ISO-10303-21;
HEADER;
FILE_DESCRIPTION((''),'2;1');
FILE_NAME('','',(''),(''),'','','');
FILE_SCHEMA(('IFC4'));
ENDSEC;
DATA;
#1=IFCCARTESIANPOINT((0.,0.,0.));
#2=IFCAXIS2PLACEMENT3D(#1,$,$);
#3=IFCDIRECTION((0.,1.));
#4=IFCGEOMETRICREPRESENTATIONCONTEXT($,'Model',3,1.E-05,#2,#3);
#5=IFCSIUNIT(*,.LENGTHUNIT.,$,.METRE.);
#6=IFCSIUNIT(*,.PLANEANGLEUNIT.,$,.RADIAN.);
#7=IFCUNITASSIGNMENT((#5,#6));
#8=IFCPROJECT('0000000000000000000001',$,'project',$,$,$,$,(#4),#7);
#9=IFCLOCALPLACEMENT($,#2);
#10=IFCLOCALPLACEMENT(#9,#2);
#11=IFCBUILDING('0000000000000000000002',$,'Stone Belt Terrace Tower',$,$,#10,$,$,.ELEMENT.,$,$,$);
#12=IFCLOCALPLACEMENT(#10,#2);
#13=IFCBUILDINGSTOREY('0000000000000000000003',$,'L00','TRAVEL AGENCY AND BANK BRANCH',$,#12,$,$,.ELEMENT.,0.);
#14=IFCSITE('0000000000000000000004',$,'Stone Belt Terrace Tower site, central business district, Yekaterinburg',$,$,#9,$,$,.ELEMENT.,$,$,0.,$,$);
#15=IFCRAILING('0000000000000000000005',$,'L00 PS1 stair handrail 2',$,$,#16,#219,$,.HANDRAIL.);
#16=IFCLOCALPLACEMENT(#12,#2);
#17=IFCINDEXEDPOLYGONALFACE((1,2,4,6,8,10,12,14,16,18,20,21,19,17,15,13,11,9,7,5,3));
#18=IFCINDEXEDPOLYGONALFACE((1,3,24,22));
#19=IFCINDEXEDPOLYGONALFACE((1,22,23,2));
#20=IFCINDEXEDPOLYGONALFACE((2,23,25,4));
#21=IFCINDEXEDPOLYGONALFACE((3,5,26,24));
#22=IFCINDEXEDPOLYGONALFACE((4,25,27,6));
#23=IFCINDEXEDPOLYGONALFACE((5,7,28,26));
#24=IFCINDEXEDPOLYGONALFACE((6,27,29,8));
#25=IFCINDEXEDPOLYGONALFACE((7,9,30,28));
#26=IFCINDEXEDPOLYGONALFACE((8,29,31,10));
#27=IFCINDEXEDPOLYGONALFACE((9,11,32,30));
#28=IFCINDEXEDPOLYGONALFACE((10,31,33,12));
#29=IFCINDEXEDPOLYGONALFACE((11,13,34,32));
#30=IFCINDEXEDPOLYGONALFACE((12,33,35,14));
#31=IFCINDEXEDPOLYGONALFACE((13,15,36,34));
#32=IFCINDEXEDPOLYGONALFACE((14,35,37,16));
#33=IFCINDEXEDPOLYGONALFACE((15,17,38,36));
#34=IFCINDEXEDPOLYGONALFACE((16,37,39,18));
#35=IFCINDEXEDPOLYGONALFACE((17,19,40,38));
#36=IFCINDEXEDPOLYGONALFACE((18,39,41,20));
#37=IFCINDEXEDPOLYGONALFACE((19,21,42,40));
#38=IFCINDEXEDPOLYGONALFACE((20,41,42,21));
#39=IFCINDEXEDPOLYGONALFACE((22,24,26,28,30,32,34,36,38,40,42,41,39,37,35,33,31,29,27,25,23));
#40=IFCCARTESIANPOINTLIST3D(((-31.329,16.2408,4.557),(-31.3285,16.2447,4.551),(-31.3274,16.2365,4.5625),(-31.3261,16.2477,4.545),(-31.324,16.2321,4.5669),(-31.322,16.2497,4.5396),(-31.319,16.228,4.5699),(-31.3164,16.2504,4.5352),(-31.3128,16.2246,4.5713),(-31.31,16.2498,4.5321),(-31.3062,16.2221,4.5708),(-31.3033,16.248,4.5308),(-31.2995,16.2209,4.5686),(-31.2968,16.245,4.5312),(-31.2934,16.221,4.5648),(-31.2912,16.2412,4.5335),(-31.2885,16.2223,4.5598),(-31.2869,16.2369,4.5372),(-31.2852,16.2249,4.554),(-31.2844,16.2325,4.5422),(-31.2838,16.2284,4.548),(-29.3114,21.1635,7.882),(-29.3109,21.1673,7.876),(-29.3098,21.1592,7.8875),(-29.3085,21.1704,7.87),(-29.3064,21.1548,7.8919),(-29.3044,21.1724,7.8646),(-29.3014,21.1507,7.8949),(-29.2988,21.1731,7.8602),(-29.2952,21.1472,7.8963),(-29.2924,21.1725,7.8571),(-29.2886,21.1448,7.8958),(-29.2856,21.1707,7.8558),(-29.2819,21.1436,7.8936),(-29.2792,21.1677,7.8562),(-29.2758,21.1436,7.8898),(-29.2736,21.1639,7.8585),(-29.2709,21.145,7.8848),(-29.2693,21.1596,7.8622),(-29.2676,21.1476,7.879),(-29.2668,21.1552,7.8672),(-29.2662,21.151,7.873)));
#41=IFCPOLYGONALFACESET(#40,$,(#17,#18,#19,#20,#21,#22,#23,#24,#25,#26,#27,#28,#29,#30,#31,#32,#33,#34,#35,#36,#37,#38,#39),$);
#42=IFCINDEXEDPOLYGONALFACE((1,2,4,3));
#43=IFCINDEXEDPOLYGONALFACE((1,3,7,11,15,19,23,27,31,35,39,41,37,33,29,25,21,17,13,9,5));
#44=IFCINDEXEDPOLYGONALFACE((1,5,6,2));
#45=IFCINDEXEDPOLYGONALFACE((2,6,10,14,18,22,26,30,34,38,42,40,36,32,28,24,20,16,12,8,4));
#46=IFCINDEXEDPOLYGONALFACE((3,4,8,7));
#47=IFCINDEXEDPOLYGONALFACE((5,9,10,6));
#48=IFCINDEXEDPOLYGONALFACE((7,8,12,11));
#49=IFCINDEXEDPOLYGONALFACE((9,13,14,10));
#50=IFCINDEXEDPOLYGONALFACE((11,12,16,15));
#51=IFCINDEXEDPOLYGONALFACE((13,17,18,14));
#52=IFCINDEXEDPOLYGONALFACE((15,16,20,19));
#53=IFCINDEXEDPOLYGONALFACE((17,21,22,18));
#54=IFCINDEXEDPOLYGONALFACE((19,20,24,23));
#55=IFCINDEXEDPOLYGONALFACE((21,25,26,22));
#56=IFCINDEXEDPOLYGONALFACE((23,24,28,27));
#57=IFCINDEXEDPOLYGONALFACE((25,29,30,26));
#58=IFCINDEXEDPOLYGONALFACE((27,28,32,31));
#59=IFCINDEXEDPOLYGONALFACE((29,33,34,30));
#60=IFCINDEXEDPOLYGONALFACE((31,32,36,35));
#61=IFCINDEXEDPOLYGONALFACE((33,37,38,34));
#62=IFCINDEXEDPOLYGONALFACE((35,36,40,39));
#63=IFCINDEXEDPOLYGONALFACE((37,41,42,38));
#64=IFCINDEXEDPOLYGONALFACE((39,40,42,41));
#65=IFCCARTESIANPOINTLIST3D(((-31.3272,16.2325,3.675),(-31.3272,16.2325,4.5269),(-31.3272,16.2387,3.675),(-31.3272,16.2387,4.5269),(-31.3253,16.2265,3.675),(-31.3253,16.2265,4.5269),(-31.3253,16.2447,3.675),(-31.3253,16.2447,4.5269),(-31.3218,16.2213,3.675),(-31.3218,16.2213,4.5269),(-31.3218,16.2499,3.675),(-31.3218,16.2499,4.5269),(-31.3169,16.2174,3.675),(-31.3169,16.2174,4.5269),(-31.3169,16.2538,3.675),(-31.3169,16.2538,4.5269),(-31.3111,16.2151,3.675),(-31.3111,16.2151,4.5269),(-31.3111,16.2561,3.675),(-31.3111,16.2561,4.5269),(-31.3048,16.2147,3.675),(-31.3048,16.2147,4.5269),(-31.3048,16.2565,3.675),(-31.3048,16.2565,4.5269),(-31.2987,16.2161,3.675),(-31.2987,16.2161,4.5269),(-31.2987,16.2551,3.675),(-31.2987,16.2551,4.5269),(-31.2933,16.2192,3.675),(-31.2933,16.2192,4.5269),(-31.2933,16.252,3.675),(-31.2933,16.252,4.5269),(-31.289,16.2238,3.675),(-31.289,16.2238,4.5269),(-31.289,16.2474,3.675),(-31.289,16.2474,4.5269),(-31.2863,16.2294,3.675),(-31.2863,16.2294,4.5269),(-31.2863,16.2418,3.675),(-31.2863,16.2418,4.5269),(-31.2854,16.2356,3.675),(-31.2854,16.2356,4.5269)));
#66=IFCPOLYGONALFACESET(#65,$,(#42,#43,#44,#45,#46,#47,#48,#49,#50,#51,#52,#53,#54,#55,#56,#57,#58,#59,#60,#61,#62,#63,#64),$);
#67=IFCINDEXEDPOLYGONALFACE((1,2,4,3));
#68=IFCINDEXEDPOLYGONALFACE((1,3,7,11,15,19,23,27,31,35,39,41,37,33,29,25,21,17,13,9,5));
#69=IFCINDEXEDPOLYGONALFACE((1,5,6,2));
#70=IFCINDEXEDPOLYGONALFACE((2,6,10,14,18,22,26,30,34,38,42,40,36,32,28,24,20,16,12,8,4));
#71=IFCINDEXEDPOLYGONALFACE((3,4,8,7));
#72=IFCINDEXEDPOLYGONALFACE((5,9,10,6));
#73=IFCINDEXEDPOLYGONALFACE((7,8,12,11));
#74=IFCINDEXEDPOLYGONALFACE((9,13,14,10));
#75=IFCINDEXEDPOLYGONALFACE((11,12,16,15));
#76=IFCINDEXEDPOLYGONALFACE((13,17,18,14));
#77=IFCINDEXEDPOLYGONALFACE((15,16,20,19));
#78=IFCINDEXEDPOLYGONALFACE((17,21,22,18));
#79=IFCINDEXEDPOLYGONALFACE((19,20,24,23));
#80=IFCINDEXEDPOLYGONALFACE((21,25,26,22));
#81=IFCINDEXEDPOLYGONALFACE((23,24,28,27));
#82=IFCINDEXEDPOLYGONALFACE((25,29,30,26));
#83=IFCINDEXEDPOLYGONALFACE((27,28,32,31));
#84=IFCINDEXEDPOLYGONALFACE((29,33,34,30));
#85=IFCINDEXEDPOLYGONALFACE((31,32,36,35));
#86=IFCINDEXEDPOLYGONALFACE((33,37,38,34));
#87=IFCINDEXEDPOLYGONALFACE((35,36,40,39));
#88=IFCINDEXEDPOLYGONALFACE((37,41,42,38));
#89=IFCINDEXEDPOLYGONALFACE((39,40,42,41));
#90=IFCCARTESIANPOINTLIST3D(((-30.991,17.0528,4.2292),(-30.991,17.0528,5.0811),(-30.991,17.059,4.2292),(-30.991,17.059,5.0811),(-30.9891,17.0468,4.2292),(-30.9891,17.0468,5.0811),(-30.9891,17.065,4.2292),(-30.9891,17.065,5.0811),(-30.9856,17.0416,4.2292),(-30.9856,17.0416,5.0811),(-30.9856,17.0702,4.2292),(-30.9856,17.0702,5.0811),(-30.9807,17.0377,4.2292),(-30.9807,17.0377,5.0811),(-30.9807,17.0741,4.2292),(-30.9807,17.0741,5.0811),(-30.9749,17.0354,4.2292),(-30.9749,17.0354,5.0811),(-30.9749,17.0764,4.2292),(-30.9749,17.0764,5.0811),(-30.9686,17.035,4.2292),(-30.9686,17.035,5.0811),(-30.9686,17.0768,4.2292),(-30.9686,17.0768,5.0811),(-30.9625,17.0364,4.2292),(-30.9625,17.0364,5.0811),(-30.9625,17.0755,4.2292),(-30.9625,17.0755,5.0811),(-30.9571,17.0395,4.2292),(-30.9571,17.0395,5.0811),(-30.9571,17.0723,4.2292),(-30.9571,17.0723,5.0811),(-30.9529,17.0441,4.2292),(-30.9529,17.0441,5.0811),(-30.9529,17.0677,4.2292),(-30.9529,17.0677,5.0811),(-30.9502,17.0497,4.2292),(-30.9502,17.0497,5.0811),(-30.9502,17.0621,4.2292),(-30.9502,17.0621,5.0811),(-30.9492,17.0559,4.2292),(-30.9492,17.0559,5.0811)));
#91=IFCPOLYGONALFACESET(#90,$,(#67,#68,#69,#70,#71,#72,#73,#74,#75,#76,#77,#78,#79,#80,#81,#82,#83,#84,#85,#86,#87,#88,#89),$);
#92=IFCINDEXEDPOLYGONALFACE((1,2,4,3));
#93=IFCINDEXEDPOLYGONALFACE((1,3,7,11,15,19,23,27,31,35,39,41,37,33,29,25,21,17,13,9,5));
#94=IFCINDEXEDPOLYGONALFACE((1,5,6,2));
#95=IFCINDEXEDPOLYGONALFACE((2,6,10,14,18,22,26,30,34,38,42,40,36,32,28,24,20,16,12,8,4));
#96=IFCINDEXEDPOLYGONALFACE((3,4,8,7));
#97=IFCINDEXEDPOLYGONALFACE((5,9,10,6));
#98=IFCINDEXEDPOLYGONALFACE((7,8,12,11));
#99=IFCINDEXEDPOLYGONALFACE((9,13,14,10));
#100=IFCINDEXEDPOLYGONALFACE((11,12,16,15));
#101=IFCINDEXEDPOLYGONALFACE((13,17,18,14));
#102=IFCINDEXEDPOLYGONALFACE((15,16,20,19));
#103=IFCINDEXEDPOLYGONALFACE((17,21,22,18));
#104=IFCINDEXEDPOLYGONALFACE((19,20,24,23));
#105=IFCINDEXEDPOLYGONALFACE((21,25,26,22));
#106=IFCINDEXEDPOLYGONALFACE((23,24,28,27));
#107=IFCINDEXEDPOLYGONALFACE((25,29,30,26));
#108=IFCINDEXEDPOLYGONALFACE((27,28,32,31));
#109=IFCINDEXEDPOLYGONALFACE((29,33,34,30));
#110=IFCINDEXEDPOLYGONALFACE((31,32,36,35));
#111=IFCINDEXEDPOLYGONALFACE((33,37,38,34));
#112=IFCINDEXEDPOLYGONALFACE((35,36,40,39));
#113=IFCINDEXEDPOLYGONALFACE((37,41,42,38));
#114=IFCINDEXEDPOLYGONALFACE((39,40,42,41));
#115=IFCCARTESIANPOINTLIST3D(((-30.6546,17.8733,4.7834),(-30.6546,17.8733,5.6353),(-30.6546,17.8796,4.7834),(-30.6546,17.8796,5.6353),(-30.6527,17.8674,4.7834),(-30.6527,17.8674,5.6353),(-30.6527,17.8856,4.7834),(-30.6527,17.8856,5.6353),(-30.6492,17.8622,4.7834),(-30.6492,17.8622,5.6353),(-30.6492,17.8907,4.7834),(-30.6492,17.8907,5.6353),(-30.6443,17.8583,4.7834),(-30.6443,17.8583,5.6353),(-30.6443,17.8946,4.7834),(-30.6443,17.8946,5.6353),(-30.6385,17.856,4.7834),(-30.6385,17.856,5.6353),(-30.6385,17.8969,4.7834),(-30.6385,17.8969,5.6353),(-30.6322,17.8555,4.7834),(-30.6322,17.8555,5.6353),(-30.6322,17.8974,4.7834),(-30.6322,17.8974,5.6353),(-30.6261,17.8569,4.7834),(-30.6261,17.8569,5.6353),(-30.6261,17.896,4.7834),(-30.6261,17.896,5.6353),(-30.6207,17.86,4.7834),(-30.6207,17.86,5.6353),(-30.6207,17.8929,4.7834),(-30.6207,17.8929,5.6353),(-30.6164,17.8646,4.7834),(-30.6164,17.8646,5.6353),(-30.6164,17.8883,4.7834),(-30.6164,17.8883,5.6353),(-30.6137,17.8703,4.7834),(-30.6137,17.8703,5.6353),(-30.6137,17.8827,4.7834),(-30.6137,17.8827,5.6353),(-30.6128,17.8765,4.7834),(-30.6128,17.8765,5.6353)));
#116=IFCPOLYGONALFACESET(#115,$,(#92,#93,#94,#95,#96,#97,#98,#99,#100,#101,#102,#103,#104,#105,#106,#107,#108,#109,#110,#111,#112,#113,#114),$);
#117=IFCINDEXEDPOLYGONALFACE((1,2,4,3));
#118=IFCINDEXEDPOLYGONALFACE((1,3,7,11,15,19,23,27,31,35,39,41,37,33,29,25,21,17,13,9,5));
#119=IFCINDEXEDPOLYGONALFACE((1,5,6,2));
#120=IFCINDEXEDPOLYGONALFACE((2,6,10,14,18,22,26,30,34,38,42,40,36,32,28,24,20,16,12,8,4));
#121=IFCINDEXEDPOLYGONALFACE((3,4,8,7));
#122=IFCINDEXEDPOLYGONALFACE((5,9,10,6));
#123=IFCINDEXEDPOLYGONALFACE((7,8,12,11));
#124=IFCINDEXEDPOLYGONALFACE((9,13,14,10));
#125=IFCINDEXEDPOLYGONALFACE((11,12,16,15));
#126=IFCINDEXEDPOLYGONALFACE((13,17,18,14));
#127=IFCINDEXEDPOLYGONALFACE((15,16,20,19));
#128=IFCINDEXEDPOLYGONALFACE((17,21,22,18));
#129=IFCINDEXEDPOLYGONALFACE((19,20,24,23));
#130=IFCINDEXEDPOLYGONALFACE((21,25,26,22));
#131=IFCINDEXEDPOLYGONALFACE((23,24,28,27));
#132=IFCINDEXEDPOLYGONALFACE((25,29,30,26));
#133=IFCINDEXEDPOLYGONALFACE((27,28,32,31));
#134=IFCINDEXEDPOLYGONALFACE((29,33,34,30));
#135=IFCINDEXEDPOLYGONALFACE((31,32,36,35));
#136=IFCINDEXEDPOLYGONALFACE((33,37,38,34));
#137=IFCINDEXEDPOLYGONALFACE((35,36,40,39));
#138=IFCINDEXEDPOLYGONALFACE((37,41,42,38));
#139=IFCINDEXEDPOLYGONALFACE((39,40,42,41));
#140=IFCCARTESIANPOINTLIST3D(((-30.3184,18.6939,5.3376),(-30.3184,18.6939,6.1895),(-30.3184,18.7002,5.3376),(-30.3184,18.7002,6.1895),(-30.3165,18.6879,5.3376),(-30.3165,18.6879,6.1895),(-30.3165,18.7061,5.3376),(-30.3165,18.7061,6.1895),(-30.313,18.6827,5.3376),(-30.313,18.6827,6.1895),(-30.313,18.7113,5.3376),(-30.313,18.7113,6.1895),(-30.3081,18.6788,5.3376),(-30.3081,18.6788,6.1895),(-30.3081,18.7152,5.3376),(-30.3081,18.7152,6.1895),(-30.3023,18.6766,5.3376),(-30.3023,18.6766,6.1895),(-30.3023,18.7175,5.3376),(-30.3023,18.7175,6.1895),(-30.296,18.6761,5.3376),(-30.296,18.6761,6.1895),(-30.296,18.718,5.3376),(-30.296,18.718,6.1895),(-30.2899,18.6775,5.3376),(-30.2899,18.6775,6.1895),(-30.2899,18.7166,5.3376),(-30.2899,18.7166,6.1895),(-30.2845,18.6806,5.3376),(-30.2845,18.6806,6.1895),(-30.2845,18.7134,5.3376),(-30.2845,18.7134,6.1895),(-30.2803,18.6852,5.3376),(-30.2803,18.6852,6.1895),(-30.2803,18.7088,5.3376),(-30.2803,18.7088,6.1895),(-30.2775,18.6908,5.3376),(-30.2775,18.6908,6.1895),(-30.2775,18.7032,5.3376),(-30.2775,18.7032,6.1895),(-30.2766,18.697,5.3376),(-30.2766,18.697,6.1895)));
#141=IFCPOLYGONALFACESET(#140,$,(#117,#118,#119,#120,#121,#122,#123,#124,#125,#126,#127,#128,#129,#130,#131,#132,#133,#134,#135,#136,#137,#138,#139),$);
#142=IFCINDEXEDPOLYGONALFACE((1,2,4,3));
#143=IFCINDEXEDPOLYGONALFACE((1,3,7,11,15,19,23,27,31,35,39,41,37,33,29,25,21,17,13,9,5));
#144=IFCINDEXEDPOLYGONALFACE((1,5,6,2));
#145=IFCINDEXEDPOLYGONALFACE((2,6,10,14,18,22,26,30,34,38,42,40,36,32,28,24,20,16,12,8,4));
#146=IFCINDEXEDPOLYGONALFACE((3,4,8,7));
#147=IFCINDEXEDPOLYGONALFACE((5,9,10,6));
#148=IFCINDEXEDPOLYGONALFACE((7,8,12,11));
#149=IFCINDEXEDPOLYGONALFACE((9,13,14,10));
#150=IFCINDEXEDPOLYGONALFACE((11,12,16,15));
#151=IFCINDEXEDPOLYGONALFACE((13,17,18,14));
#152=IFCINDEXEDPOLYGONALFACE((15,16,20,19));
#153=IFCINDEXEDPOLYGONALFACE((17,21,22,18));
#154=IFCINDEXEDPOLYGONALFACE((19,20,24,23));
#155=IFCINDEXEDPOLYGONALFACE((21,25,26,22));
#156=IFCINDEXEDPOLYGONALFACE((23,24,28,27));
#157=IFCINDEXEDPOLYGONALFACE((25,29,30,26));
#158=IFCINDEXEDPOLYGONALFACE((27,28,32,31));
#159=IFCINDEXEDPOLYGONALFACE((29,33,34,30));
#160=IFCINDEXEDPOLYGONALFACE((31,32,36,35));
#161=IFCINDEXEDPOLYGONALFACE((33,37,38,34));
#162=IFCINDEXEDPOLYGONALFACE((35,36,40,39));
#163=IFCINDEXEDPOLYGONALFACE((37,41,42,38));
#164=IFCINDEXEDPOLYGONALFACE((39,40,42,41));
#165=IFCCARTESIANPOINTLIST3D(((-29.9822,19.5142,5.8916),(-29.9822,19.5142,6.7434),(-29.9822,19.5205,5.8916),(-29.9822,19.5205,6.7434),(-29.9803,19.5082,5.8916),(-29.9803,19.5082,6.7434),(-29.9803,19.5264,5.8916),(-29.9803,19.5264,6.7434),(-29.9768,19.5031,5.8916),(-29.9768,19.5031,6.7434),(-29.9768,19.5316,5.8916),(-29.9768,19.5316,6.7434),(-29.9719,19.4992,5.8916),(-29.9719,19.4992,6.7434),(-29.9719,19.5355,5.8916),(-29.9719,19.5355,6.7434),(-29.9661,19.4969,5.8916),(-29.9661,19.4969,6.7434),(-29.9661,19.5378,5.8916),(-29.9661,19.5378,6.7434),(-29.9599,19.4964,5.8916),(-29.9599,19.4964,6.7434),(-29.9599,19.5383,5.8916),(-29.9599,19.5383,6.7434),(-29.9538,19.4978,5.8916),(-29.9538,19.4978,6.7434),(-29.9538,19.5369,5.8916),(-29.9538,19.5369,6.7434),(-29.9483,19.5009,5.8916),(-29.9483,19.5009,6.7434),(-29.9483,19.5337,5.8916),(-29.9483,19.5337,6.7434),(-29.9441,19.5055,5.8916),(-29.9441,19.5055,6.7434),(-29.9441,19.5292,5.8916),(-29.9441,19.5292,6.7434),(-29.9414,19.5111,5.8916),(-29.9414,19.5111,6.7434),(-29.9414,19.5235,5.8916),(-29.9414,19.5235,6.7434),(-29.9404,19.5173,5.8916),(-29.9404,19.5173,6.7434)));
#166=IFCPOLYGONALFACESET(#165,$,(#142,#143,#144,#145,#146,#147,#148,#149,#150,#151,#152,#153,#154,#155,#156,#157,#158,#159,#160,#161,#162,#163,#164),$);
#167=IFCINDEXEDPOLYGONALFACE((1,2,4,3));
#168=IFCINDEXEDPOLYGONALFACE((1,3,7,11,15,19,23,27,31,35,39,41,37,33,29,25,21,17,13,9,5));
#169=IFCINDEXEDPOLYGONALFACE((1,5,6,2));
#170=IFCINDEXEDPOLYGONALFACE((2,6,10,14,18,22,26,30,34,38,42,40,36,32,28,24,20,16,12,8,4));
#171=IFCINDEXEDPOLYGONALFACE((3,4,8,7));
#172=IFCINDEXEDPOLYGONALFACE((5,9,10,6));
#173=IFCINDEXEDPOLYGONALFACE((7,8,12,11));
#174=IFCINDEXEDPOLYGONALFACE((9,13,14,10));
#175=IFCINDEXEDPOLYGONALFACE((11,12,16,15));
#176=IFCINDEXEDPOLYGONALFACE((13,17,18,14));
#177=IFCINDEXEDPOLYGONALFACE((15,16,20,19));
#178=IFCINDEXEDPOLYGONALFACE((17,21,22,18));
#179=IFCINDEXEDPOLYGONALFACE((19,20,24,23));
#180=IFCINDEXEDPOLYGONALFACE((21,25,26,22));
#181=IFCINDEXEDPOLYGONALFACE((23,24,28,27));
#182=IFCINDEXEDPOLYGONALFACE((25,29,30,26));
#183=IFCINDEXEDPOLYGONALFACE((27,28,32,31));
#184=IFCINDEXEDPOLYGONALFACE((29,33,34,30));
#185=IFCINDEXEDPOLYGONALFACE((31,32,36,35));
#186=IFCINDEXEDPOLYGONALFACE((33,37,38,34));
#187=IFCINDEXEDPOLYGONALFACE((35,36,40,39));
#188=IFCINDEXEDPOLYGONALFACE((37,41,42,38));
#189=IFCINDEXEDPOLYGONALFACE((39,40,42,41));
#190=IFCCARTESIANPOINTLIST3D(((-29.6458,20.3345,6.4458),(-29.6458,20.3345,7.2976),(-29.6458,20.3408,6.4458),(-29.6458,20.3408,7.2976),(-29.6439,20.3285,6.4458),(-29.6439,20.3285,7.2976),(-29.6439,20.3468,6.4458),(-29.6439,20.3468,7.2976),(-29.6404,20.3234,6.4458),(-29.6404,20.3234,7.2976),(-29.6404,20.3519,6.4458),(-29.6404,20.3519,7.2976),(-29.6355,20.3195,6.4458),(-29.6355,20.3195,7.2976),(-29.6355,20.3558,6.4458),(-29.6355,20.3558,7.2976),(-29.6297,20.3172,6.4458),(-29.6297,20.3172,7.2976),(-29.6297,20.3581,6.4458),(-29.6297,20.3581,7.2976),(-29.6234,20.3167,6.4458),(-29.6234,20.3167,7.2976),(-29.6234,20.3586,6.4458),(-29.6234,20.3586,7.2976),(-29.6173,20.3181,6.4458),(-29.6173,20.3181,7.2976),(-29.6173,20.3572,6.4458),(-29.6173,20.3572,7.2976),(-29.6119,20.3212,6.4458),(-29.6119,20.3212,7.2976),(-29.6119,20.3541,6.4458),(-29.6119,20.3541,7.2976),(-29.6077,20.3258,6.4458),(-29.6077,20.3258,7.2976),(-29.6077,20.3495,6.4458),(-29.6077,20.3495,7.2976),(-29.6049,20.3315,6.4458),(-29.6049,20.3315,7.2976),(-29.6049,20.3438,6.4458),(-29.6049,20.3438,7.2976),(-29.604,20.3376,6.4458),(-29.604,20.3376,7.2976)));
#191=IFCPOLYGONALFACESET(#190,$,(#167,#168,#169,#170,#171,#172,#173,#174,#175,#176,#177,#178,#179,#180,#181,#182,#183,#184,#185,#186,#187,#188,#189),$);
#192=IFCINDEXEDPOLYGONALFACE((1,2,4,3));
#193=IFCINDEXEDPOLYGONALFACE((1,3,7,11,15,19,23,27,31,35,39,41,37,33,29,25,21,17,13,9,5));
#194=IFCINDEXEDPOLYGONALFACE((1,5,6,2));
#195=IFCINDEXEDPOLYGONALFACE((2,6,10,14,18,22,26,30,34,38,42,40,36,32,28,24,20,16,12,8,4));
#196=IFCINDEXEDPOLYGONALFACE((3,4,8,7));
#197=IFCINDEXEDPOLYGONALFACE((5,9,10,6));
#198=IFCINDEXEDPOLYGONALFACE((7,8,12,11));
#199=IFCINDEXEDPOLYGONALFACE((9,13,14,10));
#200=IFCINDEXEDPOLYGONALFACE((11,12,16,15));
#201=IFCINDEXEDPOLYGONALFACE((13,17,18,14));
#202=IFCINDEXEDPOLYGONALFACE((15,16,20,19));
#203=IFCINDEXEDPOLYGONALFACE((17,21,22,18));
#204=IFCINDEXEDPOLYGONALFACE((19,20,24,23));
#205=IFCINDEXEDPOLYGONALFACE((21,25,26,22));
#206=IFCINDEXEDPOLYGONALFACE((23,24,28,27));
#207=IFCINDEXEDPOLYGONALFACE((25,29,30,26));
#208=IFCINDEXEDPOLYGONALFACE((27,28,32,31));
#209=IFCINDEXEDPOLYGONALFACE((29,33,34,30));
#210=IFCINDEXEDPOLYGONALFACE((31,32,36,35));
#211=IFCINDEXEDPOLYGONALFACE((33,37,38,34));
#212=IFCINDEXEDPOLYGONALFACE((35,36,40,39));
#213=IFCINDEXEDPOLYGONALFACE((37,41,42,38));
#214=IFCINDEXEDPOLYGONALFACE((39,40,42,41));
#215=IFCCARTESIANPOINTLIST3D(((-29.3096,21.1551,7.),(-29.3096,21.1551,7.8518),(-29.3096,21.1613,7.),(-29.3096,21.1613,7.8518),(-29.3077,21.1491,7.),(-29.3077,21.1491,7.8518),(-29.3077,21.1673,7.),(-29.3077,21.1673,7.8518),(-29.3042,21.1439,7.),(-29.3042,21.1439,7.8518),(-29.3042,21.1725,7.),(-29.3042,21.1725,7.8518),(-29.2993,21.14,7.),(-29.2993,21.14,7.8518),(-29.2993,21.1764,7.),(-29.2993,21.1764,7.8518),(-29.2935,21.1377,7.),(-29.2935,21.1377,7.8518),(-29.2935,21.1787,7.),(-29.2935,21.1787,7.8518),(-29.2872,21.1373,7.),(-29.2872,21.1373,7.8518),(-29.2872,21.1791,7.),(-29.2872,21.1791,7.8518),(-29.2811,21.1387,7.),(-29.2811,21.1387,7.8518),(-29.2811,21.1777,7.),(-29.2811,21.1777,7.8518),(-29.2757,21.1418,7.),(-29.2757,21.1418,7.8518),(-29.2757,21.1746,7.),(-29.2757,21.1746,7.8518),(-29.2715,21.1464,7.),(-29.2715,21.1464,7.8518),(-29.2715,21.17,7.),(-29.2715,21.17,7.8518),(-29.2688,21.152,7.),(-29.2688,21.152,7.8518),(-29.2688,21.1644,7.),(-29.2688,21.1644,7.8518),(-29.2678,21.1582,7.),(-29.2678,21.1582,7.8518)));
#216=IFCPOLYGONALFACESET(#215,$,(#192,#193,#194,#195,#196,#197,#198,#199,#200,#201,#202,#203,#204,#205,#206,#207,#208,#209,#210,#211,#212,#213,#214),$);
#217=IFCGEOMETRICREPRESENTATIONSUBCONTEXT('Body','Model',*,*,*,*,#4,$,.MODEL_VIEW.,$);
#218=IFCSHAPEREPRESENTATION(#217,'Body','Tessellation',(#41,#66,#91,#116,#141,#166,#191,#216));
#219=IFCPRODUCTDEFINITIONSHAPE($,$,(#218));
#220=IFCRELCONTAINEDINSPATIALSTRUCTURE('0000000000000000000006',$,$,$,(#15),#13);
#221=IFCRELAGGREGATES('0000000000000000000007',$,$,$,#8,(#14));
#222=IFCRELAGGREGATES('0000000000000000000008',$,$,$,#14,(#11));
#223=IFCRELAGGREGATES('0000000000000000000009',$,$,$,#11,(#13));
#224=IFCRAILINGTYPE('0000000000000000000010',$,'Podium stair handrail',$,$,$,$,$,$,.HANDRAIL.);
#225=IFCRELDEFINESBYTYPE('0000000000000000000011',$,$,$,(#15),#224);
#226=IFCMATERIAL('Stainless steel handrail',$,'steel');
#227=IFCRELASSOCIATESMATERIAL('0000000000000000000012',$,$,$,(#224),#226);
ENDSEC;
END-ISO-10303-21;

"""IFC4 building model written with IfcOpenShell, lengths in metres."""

from ifc_helpers import new_model, si_unit, direction, frame, origin, origin_2d, place, context, subcontext, project, spatial, circle, extrude, material, type_object, element, save


model = new_model("IFC4")

# Units and contexts
model_context = context("Model", 3, precision=1e-05, world=origin(), true_north=direction((0.0, 1.0)))
body_context = subcontext(model_context, "Body", "Model", "MODEL_VIEW")
ifc_project = project(units=[si_unit("LENGTHUNIT", "METRE"), si_unit("PLANEANGLEUNIT", "RADIAN")], contexts=[model_context])

# Site, building, storey
site_placement = place(None, origin())
site = spatial("IfcSite", under=ifc_project, at=site_placement, Name="Stone Belt Terrace Tower site, central business district, Yekaterinburg", CompositionType="ELEMENT", RefElevation=0.0)
building_placement = place(site_placement, origin())
building = spatial("IfcBuilding", under=site, at=building_placement, Name="Stone Belt Terrace Tower", CompositionType="ELEMENT")
storey_placement = place(building_placement, origin())
storey = spatial("IfcBuildingStorey", under=building, at=storey_placement, Name="L00", Description="TRAVEL AGENCY AND BANK BRANCH", CompositionType="ELEMENT", Elevation=0.0)

# Railing
ifc_material_1 = material(Name="Stainless steel handrail", Category="steel")
railing_type_1 = type_object("IfcRailingType", Name="Podium stair handrail", PredefinedType="HANDRAIL", material=ifc_material_1)
railing_1_placement = place(storey_placement, frame((-31.3064, 16.2356, 3.675)))
element("IfcRailing", 1, at=railing_1_placement, inside=storey, type_object=railing_type_1, Name="L00 PS1 stair handrail 2", PredefinedType="HANDRAIL", context=body_context, shape_type="SweptSolid", body=[
    extrude(circle(Radius=0.0239, at=origin_2d()), frame((0.0, 0.0, 0.876), z_axis=(0.321598, 0.784655, 0.529991), x_axis=(-0.925297, 0.379242, 0.0)), (0.0, 0.0, 1.0), 6.2737),
    extrude(circle(Radius=0.021, at=origin_2d()), origin(), (0.0, 0.0, 1.0), 0.8518),
    extrude(circle(Radius=0.021, at=origin_2d()), frame((0.3362, 0.8203, 0.5542)), (0.0, 0.0, 1.0), 0.8518),
    extrude(circle(Radius=0.021, at=origin_2d()), frame((0.6726, 1.6409, 1.1084)), (0.0, 0.0, 1.0), 0.8518),
    extrude(circle(Radius=0.021, at=origin_2d()), frame((1.0088, 2.4614, 1.6626)), (0.0, 0.0, 1.0), 0.8518),
    extrude(circle(Radius=0.021, at=origin_2d()), frame((1.345, 3.2817, 2.2166)), (0.0, 0.0, 1.0), 0.8518),
    extrude(circle(Radius=0.021, at=origin_2d()), frame((1.6814, 4.1021, 2.7708)), (0.0, 0.0, 1.0), 0.8518),
    extrude(circle(Radius=0.021, at=origin_2d()), frame((2.0176, 4.9226, 3.325)), (0.0, 0.0, 1.0), 0.8518),
])

save(model, "model.ifc")
